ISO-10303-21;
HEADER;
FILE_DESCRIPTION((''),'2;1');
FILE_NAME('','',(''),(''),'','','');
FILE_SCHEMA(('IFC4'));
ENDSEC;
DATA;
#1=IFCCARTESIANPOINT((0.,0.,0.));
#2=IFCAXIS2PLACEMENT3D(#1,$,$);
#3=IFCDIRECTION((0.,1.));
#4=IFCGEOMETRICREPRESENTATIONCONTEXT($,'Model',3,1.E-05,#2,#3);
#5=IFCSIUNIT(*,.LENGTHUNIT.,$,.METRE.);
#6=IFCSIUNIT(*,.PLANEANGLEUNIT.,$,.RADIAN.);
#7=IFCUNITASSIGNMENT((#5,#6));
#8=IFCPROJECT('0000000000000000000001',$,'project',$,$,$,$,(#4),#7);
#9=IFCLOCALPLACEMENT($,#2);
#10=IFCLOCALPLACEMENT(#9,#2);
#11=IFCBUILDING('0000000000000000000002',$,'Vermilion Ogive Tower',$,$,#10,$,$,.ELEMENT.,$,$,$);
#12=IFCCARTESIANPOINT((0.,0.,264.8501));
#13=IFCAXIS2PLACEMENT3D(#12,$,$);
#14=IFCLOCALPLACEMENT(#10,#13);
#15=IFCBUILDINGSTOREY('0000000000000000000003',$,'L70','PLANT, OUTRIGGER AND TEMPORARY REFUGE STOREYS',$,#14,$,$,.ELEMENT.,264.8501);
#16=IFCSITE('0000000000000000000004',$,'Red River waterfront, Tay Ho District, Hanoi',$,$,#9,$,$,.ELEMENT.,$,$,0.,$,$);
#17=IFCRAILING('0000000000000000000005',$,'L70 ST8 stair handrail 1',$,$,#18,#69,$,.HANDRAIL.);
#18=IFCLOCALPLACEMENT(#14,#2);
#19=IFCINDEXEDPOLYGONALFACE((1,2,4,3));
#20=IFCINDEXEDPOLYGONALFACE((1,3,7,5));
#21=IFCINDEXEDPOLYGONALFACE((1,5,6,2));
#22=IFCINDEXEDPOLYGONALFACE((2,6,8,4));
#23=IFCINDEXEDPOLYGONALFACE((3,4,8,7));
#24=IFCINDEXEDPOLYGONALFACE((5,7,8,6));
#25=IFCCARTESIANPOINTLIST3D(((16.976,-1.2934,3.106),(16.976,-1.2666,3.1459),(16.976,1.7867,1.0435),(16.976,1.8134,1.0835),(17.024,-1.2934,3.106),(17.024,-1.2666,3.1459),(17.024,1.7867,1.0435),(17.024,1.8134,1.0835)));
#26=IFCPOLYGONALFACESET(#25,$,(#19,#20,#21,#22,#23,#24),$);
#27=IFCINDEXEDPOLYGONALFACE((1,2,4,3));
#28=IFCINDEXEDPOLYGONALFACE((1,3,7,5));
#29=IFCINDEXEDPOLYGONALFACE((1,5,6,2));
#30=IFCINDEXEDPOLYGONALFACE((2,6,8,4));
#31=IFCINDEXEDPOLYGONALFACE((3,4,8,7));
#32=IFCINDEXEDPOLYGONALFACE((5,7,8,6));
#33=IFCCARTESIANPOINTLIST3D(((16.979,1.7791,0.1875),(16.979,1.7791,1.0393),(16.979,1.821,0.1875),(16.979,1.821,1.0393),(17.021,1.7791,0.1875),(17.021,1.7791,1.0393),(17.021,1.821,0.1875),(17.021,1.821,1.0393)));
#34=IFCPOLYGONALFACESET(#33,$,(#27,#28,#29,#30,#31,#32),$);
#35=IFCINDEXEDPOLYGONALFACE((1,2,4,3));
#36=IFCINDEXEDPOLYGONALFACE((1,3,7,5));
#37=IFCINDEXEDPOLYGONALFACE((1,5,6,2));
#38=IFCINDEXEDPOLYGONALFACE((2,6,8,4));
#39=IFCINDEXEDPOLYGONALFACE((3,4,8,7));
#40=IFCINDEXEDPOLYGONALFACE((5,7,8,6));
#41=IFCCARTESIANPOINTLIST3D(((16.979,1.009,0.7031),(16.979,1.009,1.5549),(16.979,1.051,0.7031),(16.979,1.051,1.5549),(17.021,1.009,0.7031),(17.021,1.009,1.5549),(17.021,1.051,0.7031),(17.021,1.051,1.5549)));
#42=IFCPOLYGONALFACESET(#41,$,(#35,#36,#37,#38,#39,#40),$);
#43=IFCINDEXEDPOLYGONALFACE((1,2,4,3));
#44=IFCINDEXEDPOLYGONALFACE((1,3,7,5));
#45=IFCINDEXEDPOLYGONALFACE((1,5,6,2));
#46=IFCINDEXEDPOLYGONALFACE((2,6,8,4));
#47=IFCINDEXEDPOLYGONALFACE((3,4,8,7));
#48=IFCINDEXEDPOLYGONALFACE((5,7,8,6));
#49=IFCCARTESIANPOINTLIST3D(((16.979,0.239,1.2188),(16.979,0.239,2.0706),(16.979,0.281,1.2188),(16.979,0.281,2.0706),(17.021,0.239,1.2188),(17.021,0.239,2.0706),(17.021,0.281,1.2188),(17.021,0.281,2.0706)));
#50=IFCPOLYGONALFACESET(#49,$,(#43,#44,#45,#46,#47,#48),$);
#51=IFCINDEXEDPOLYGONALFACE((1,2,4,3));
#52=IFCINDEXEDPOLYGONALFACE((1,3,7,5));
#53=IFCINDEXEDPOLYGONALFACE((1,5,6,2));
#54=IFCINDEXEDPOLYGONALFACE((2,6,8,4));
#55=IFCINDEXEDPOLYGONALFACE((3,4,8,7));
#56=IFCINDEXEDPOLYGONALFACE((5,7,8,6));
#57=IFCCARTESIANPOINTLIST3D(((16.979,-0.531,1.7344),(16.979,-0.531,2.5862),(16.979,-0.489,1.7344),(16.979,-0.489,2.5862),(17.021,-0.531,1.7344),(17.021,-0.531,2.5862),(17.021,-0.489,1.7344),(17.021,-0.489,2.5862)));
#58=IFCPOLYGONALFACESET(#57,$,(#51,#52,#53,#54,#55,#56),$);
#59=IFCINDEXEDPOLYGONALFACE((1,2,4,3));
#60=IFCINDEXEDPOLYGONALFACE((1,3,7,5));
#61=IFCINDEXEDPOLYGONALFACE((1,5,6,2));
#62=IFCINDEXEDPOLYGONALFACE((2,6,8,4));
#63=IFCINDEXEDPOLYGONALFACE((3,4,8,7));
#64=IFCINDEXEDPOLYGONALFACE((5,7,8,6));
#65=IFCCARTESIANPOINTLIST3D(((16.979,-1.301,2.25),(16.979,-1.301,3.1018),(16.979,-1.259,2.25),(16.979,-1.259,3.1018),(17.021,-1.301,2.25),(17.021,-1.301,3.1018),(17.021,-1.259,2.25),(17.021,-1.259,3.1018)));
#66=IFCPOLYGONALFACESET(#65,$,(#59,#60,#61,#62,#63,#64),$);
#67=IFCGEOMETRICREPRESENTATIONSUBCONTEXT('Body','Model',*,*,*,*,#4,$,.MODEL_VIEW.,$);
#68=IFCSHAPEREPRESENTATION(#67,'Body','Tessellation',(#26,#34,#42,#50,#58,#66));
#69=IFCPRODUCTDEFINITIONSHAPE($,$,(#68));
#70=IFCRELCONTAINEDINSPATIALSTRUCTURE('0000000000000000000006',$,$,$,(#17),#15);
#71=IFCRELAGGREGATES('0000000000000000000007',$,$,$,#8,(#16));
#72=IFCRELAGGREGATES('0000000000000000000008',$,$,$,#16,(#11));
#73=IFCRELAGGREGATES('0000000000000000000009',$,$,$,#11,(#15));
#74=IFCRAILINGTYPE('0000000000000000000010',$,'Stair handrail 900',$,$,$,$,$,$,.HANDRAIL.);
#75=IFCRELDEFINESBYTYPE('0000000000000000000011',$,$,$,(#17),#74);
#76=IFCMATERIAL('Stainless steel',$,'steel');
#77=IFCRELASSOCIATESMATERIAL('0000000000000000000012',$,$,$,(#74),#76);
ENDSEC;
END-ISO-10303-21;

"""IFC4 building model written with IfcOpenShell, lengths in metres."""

from ifc_helpers import new_model, si_unit, direction, frame, origin, origin_2d, place, context, subcontext, project, spatial, rectangle, extrude, material, type_object, element, save


model = new_model("IFC4")

# Units and contexts
model_context = context("Model", 3, precision=1e-05, world=origin(), true_north=direction((0.0, 1.0)))
body_context = subcontext(model_context, "Body", "Model", "MODEL_VIEW")
ifc_project = project(units=[si_unit("LENGTHUNIT", "METRE"), si_unit("PLANEANGLEUNIT", "RADIAN")], contexts=[model_context])

# Site, building, storey
site_placement = place(None, origin())
site = spatial("IfcSite", under=ifc_project, at=site_placement, Name="Red River waterfront, Tay Ho District, Hanoi", CompositionType="ELEMENT", RefElevation=0.0)
building_placement = place(site_placement, origin())
building = spatial("IfcBuilding", under=site, at=building_placement, Name="Vermilion Ogive Tower", CompositionType="ELEMENT")
storey_placement = place(building_placement, frame((0.0, 0.0, 264.8501)))
storey = spatial("IfcBuildingStorey", under=building, at=storey_placement, Name="L70", Description="PLANT, OUTRIGGER AND TEMPORARY REFUGE STOREYS", CompositionType="ELEMENT", Elevation=264.8501)

# Railing
ifc_material_1 = material(Name="Stainless steel", Category="steel")
railing_type_1 = type_object("IfcRailingType", Name="Stair handrail 900", PredefinedType="HANDRAIL", material=ifc_material_1)
railing_1_placement = place(storey_placement, frame((17.0, 1.8, 0.1875)))
element("IfcRailing", 1, at=railing_1_placement, inside=storey, type_object=railing_type_1, Name="L70 ST8 stair handrail 1", PredefinedType="HANDRAIL", context=body_context, shape_type="SweptSolid", body=[
    extrude(rectangle(XDim=0.0481, YDim=0.0481, at=origin_2d()), frame((0.0, 0.0, 0.876), z_axis=(0.0, -0.830914, 0.556401), x_axis=(1.0, 0.0, 0.0)), (0.0, 0.0, 1.0), 3.7068),
    extrude(rectangle(XDim=0.042, YDim=0.042, at=origin_2d()), origin(), (0.0, 0.0, 1.0), 0.8518),
    extrude(rectangle(XDim=0.042, YDim=0.042, at=origin_2d()), frame((0.0, -0.77, 0.5156)), (0.0, 0.0, 1.0), 0.8518),
    extrude(rectangle(XDim=0.042, YDim=0.042, at=origin_2d()), frame((0.0, -1.54, 1.0312)), (0.0, 0.0, 1.0), 0.8518),
    extrude(rectangle(XDim=0.042, YDim=0.042, at=origin_2d()), frame((0.0, -2.3101, 1.5469)), (0.0, 0.0, 1.0), 0.8518),
    extrude(rectangle(XDim=0.042, YDim=0.042, at=origin_2d()), frame((0.0, -3.0801, 2.0625)), (0.0, 0.0, 1.0), 0.8518),
])

save(model, "model.ifc")
